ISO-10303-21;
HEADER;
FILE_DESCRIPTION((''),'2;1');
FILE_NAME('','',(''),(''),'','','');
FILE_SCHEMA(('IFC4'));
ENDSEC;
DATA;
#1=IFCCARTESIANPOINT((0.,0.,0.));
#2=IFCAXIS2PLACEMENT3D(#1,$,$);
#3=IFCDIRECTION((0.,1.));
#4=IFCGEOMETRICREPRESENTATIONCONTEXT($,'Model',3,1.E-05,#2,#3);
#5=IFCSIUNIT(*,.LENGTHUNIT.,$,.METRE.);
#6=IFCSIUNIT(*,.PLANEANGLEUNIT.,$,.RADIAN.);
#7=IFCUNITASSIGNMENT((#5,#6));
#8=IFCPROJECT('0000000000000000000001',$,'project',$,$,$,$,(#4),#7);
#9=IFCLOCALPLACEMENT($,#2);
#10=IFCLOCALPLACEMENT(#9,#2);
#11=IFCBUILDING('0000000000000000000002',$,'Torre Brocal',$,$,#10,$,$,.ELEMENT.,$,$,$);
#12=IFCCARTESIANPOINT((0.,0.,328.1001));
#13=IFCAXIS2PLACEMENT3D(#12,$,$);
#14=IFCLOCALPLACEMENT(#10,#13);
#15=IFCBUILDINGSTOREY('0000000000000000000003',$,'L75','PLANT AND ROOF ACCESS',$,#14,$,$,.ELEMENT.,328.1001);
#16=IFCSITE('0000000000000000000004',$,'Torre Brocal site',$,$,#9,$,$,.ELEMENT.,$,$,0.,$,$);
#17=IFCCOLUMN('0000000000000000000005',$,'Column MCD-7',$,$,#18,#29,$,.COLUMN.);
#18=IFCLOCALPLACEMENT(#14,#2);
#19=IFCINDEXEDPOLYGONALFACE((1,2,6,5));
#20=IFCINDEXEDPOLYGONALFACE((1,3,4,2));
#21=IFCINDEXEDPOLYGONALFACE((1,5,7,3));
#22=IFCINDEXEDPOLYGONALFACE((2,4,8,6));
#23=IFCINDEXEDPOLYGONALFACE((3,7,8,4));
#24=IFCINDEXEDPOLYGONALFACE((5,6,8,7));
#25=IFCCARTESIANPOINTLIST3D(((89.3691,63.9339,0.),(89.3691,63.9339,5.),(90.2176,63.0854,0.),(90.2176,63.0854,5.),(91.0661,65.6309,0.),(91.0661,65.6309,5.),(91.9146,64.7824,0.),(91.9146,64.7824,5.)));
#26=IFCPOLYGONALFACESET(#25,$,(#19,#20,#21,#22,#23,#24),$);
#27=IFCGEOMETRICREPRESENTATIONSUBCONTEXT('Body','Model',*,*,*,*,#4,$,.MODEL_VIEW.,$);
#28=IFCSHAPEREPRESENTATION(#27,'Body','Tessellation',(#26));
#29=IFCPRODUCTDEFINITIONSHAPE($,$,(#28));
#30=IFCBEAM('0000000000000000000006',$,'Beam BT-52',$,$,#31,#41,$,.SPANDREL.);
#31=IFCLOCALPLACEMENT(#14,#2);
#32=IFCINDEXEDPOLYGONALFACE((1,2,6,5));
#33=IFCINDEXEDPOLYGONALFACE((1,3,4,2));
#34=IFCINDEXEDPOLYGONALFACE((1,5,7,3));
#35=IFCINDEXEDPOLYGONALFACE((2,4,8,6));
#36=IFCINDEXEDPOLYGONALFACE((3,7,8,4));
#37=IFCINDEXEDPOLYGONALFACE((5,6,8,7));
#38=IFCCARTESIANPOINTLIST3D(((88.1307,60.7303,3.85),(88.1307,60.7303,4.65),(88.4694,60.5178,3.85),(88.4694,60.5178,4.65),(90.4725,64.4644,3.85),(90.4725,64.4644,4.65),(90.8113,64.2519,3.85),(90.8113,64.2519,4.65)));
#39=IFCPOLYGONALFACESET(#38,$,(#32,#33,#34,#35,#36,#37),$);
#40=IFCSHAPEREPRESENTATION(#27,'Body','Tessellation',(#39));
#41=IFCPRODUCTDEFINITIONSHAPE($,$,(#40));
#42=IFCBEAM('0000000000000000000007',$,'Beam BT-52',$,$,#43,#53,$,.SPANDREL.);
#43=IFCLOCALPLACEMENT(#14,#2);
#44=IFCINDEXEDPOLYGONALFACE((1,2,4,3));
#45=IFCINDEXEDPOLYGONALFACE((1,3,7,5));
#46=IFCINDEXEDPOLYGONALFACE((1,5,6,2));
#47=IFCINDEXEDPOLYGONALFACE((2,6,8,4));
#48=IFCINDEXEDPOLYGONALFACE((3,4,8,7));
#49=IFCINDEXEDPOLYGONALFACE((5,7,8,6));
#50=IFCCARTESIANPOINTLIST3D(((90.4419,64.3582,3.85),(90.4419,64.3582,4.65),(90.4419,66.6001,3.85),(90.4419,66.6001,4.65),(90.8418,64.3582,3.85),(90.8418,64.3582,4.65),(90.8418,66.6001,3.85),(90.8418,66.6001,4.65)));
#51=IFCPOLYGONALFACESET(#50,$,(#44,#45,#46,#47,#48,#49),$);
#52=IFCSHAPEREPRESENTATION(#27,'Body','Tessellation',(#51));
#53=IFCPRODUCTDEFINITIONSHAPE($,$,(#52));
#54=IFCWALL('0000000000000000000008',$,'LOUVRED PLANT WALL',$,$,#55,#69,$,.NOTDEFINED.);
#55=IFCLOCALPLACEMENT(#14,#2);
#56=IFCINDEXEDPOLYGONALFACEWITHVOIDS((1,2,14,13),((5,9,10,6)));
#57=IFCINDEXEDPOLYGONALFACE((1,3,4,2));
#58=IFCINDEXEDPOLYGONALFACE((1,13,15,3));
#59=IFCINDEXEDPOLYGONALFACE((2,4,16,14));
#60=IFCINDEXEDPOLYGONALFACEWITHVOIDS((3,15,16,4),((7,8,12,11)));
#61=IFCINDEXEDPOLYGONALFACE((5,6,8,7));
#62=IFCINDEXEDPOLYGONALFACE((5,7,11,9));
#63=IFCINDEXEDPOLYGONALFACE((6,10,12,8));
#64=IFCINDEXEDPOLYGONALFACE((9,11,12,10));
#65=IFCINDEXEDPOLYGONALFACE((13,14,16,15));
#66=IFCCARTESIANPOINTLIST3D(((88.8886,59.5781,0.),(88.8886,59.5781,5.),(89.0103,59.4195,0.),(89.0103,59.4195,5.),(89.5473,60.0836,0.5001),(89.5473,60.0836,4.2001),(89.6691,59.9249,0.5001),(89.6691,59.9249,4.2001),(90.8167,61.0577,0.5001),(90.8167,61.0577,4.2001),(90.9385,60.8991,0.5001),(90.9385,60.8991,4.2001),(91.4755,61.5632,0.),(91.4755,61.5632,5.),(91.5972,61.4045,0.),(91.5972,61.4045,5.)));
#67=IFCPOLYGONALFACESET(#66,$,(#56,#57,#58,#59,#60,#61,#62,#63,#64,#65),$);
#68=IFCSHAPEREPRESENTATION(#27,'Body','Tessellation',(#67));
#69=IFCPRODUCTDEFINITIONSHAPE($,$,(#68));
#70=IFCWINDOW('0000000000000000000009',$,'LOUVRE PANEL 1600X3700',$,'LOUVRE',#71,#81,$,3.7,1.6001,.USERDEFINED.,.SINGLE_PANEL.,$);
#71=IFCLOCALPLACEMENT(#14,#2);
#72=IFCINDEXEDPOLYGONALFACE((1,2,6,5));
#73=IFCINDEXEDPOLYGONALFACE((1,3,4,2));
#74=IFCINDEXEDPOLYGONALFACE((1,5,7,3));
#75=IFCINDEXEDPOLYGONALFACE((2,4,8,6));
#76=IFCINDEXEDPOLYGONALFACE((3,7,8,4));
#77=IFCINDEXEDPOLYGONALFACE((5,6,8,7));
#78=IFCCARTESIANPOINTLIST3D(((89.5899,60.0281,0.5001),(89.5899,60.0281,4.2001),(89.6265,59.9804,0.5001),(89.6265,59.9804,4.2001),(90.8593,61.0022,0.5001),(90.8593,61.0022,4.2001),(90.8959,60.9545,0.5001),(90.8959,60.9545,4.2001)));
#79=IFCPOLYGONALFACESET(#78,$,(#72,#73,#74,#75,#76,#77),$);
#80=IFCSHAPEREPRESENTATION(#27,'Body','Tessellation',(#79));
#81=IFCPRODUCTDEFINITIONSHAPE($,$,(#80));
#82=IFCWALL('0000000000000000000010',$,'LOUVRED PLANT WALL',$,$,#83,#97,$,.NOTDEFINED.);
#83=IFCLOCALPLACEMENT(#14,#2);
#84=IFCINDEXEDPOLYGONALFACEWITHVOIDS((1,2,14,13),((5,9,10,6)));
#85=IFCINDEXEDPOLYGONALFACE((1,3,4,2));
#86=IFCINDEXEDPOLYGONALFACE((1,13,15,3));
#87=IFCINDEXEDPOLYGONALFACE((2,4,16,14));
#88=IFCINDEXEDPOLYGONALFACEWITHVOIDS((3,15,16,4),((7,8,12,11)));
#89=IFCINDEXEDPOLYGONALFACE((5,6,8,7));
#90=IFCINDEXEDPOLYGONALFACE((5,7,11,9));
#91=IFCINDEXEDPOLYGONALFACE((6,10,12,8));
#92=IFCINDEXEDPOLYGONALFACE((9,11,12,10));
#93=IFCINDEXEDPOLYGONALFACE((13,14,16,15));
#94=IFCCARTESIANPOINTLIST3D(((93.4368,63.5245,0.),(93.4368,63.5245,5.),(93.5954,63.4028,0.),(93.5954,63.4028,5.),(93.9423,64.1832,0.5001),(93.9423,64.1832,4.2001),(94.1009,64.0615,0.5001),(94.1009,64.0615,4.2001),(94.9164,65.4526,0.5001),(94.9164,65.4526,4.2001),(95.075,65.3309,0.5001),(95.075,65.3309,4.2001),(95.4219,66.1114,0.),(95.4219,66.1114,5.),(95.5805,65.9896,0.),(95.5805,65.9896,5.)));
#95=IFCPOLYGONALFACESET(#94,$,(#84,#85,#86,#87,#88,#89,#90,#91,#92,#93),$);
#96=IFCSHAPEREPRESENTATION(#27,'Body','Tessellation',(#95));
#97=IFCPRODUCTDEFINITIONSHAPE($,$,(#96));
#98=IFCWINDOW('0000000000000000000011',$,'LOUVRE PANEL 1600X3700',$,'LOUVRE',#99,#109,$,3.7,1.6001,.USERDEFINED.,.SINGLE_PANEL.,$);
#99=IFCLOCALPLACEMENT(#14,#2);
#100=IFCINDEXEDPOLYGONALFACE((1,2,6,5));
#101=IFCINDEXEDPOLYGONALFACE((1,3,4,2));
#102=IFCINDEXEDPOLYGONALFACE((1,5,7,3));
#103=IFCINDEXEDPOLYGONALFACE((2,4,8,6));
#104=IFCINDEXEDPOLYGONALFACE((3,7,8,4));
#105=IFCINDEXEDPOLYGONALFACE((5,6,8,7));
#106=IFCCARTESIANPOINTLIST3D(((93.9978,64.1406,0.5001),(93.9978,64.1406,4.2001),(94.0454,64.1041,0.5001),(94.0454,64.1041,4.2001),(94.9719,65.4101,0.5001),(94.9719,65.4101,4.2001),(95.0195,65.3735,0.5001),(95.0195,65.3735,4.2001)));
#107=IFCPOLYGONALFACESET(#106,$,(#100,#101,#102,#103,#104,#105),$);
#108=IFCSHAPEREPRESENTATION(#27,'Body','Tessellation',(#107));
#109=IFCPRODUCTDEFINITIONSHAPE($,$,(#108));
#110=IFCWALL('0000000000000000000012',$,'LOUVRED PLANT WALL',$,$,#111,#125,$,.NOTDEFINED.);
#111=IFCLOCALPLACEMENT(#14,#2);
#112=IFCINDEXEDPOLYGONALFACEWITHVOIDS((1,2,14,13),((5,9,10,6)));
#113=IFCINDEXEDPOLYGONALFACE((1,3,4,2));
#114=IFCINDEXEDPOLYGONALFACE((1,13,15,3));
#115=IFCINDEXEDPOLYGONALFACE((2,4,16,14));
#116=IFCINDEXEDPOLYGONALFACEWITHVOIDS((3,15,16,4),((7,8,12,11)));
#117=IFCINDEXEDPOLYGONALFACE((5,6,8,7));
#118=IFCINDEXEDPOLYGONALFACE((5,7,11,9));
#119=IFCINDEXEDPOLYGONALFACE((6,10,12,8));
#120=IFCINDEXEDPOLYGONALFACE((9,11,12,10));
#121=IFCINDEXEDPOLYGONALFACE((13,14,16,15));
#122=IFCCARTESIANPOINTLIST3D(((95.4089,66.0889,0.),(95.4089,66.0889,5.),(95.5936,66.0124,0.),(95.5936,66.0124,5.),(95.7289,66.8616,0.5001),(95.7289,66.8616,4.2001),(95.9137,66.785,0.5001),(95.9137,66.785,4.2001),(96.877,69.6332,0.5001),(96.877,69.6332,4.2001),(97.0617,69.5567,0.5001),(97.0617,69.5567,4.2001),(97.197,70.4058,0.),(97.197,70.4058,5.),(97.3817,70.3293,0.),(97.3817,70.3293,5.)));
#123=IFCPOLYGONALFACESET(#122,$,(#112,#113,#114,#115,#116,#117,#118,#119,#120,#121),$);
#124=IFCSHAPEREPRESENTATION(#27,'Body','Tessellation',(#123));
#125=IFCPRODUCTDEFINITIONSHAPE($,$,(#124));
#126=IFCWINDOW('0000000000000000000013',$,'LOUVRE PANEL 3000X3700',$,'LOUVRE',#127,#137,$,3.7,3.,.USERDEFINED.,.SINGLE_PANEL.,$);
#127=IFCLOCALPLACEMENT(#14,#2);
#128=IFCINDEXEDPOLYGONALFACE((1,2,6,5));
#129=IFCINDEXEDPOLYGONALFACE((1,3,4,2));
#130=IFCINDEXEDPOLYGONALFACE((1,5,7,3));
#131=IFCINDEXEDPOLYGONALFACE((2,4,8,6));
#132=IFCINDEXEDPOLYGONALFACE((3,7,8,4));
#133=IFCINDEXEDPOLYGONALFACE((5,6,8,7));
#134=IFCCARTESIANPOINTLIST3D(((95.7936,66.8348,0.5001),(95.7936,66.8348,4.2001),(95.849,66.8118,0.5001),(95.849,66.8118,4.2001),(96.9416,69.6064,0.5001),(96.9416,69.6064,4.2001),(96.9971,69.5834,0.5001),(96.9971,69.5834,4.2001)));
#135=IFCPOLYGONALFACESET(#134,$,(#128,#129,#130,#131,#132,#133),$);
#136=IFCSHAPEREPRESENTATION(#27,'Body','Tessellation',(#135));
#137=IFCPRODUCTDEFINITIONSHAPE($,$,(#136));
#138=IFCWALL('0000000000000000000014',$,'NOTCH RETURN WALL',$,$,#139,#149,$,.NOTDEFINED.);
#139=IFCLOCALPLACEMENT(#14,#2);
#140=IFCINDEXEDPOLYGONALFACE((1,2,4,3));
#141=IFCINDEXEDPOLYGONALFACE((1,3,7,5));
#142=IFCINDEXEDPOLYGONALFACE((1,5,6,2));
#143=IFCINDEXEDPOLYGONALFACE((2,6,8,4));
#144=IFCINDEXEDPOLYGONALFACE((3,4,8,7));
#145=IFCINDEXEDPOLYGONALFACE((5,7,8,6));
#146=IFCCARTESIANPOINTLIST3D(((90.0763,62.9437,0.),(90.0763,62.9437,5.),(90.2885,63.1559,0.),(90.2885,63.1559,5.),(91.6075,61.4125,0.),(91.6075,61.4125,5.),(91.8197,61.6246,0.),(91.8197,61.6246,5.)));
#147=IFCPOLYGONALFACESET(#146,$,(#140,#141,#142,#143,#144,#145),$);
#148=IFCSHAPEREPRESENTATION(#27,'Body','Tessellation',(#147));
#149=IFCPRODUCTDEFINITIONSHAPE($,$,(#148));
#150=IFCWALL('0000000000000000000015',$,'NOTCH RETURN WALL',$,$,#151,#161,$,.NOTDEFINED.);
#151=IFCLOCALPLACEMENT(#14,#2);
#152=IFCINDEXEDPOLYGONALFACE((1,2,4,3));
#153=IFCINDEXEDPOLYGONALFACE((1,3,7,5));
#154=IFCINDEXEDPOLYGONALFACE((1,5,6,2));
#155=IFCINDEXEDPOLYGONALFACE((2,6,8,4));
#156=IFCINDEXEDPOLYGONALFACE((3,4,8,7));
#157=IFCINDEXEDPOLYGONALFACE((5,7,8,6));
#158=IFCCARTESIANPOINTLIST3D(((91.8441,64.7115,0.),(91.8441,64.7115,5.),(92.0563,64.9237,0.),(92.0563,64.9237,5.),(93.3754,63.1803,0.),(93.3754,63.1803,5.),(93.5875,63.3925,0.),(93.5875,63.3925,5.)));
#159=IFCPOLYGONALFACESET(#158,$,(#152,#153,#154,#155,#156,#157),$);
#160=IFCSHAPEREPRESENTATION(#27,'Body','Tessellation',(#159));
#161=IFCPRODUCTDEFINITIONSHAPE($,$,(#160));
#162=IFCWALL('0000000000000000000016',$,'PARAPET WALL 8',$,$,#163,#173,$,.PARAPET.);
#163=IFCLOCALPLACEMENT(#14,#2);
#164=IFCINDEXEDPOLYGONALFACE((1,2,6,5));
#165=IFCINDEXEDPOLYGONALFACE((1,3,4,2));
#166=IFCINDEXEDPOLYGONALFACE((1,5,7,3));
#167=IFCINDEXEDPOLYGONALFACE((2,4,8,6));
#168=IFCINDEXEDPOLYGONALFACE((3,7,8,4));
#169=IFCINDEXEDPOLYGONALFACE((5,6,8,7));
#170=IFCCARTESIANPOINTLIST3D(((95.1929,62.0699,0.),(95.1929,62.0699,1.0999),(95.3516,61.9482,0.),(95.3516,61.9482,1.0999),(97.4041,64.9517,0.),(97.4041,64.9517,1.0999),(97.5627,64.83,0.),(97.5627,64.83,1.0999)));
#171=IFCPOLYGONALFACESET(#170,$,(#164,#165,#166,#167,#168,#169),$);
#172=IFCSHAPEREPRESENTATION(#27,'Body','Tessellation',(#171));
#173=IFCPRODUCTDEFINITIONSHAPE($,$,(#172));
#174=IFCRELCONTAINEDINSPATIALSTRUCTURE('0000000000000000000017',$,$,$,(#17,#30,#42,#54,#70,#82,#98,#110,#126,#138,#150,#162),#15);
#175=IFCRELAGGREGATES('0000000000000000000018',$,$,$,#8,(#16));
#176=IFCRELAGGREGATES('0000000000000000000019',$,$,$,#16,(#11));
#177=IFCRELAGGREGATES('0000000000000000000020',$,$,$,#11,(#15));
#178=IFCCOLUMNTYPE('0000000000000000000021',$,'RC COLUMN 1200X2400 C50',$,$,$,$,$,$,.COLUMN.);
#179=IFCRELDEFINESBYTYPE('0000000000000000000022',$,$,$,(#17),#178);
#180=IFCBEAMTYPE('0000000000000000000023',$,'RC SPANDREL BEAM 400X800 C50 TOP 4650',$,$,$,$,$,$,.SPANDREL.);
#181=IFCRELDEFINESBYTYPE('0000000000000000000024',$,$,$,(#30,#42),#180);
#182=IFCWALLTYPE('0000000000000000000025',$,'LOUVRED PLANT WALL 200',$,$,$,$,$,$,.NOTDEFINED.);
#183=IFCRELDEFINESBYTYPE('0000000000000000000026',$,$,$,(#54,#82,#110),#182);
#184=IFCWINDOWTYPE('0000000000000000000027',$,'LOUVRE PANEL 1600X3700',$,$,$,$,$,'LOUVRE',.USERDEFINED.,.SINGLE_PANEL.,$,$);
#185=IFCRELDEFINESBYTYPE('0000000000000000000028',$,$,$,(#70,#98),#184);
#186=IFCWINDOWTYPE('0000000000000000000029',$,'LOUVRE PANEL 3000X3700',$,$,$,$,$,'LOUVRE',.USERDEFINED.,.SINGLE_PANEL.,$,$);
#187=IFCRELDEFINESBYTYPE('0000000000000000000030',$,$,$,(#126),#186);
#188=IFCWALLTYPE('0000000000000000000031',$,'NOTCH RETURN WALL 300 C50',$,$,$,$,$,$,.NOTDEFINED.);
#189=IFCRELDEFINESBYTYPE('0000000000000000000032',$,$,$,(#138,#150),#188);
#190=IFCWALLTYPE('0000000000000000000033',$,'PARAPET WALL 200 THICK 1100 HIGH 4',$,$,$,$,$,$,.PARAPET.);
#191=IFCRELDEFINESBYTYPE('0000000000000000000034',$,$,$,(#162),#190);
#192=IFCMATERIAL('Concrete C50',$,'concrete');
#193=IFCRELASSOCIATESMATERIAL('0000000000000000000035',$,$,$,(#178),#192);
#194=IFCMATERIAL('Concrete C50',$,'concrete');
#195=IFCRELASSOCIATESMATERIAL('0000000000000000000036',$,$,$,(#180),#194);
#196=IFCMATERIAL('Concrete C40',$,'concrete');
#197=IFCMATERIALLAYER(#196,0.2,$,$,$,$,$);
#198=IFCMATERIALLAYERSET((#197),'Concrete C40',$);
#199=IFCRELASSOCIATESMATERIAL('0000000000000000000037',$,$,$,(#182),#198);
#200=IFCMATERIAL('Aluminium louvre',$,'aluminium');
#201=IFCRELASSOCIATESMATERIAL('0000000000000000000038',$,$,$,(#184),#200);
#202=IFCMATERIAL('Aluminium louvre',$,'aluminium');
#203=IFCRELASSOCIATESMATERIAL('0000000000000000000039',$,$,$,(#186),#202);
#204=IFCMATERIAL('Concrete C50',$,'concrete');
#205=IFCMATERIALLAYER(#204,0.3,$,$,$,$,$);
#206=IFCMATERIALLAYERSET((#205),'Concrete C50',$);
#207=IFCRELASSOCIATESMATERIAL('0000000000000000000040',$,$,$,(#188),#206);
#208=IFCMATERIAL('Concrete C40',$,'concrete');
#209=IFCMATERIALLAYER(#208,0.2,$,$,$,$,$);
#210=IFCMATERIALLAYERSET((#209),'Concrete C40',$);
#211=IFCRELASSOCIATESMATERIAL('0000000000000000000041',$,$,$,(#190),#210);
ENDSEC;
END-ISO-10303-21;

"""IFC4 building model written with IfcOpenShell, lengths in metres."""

from ifc_helpers import new_model, si_unit, direction, frame, frame_2d, origin, origin_2d, place, context, subcontext, project, spatial, rectangle, extrude, material, layer, layer_set, material_profile, profile_set, type_object, element, fill, save


model = new_model("IFC4")

# Units and contexts
model_context = context("Model", 3, precision=1e-05, world=origin(), true_north=direction((0.0, 1.0)))
body_context = subcontext(model_context, "Body", "Model", "MODEL_VIEW")
ifc_project = project(units=[si_unit("LENGTHUNIT", "METRE"), si_unit("PLANEANGLEUNIT", "RADIAN")], contexts=[model_context])

# Site, building, storey
site_placement = place(None, origin())
site = spatial("IfcSite", under=ifc_project, at=site_placement, Name="Torre Brocal site", CompositionType="ELEMENT", RefElevation=0.0)
building_placement = place(site_placement, origin())
building = spatial("IfcBuilding", under=site, at=building_placement, Name="Torre Brocal", CompositionType="ELEMENT")
storey_placement = place(building_placement, frame((0.0, 0.0, 328.1001)))
storey = spatial("IfcBuildingStorey", under=building, at=storey_placement, Name="L75", Description="PLANT AND ROOF ACCESS", CompositionType="ELEMENT", Elevation=328.1001)

# Column
ifc_material_1 = material(Name="Concrete C50", Category="concrete")
ifc_material_profile_1 = material_profile(ifc_material_1, rectangle(XDim=1.2, YDim=2.3999, at=origin_2d()), Name="RC 1200X2400")
ifc_profile_set_1 = profile_set([ifc_material_profile_1], Name="Concrete C50")
column_type = type_object("IfcColumnType", Name="RC COLUMN 1200X2400 C50", PredefinedType="COLUMN", material=ifc_profile_set_1)
column_placement = place(storey_placement, frame((90.6418, 64.3582, 0.0), z_axis=(0.0, 0.0, 1.0), x_axis=(0.707107, -0.707107, 0.0)))
element("IfcColumn", 1, at=column_placement, inside=storey, type_object=column_type, Name="Column MCD-7", PredefinedType="COLUMN", context=body_context, shape_type="SweptSolid", body=[
    extrude(rectangle(XDim=1.2, YDim=2.3999, at=origin_2d()), origin(), (0.0, 0.0, 1.0), 5.0),
])

# Beams
ifc_material_2 = material(Name="Concrete C50", Category="concrete")
ifc_material_profile_2 = material_profile(ifc_material_2, rectangle(XDim=0.3999, YDim=0.8, at=origin_2d()), Name="RC 400X800")
ifc_profile_set_2 = profile_set([ifc_material_profile_2], Name="Concrete C50")
beam_type = type_object("IfcBeamType", Name="RC SPANDREL BEAM 400X800 C50 TOP 4650", PredefinedType="SPANDREL", material=ifc_profile_set_2)
beam_1_placement = place(storey_placement, frame((88.3, 60.624, 4.25), z_axis=(0.531298, 0.847185, 0.0), x_axis=(-0.847185, 0.531298, 0.0)))
element("IfcBeam", 2, at=beam_1_placement, inside=storey, type_object=beam_type, Name="Beam BT-52", PredefinedType="SPANDREL", context=body_context, shape_type="SweptSolid", body=[
    extrude(rectangle(XDim=0.3999, YDim=0.8, at=origin_2d()), origin(), (0.0, 0.0, 1.0), 4.4077),
])
beam_2_placement = place(storey_placement, frame((90.6418, 64.3582, 4.25), z_axis=(0.0, 1.0, 0.0), x_axis=(-1.0, 0.0, 0.0)))
element("IfcBeam", 3, at=beam_2_placement, inside=storey, type_object=beam_type, Name="Beam BT-52", PredefinedType="SPANDREL", context=body_context, shape_type="SweptSolid", body=[
    extrude(rectangle(XDim=0.3999, YDim=0.8, at=origin_2d()), origin(), (0.0, 0.0, 1.0), 2.2419),
])

# Walls, openings, windows
ifc_material_3 = material(Name="Concrete C40", Category="concrete")
ifc_layer_1 = layer(ifc_material_3, 0.2)
ifc_layer_set_1 = layer_set([ifc_layer_1], Name="Concrete C40")
wall_type_1 = type_object("IfcWallType", Name="LOUVRED PLANT WALL 200", PredefinedType="NOTDEFINED", material=ifc_layer_set_1)
wall_1_placement = place(storey_placement, frame((88.9495, 59.4988, 0.0), z_axis=(0.0, 0.0, 1.0), x_axis=(0.793339, 0.60878, 0.0)))
wall_1 = element("IfcWall", 4, at=wall_1_placement, inside=storey, type_object=wall_type_1, Name="LOUVRED PLANT WALL", PredefinedType="NOTDEFINED", context=body_context, shape_type="SweptSolid", body=[
    extrude(rectangle(XDim=3.2607, YDim=0.2, at=frame_2d((1.6304, 0.0))), origin(), (0.0, 0.0, 1.0), 5.0),
])
opening_1_placement = place(wall_1_placement, frame((0.8303, 0.0, 0.5)))
opening_1 = element("IfcOpeningElement", 5, at=opening_1_placement, cuts=wall_1, PredefinedType="OPENING", context=body_context, shape_type="SweptSolid", body=[
    extrude(rectangle(XDim=1.6001, YDim=3.7, at=frame_2d((0.8, 1.8501))), frame((0.0, 0.1099, 0.0), z_axis=(0.0, -1.0, 0.0), x_axis=(1.0, 0.0, 0.0)), (0.0, 0.0, 1.0), 0.22),
])
ifc_material_4 = material(Name="Aluminium louvre", Category="aluminium")
window_type_1 = type_object("IfcWindowType", Name="LOUVRE PANEL 1600X3700", ElementType="LOUVRE", PartitioningType="SINGLE_PANEL", PredefinedType="USERDEFINED", material=ifc_material_4)
window_1_placement = place(opening_1_placement, origin())
window_1 = element("IfcWindow", 6, at=window_1_placement, inside=storey, type_object=window_type_1, Name="LOUVRE PANEL 1600X3700", ObjectType="LOUVRE", OverallHeight=3.7, OverallWidth=1.6001, PartitioningType="SINGLE_PANEL", PredefinedType="USERDEFINED", context=body_context, shape_type="SweptSolid", body=[
    extrude(rectangle(XDim=1.6001, YDim=3.7, at=frame_2d((0.8, 1.8501))), frame((0.0, 0.03, 0.0), z_axis=(0.0, -1.0, 0.0), x_axis=(1.0, 0.0, 0.0)), (0.0, 0.0, 1.0), 0.0601),
])
fill(opening_1, window_1)
wall_2_placement = place(storey_placement, frame((93.5161, 63.4636, 0.0), z_axis=(0.0, 0.0, 1.0), x_axis=(0.60878, 0.793339, 0.0)))
wall_2 = element("IfcWall", 7, at=wall_2_placement, inside=storey, type_object=wall_type_1, Name="LOUVRED PLANT WALL", PredefinedType="NOTDEFINED", context=body_context, shape_type="SweptSolid", body=[
    extrude(rectangle(XDim=3.2607, YDim=0.2, at=frame_2d((1.6304, 0.0))), origin(), (0.0, 0.0, 1.0), 5.0),
])
opening_2_placement = place(wall_2_placement, frame((0.8303, 0.0, 0.5)))
opening_2 = element("IfcOpeningElement", 8, at=opening_2_placement, cuts=wall_2, PredefinedType="OPENING", context=body_context, shape_type="SweptSolid", body=[
    extrude(rectangle(XDim=1.6001, YDim=3.7, at=frame_2d((0.8, 1.8501))), frame((0.0, 0.1099, 0.0), z_axis=(0.0, -1.0, 0.0), x_axis=(1.0, 0.0, 0.0)), (0.0, 0.0, 1.0), 0.22),
])
window_2_placement = place(opening_2_placement, origin())
window_2 = element("IfcWindow", 9, at=window_2_placement, inside=storey, type_object=window_type_1, Name="LOUVRE PANEL 1600X3700", ObjectType="LOUVRE", OverallHeight=3.7, OverallWidth=1.6001, PartitioningType="SINGLE_PANEL", PredefinedType="USERDEFINED", context=body_context, shape_type="SweptSolid", body=[
    extrude(rectangle(XDim=1.6001, YDim=3.7, at=frame_2d((0.8, 1.8501))), frame((0.0, 0.03, 0.0), z_axis=(0.0, -1.0, 0.0), x_axis=(1.0, 0.0, 0.0)), (0.0, 0.0, 1.0), 0.0601),
])
fill(opening_2, window_2)
wall_3_placement = place(storey_placement, frame((95.5012, 66.0505, 0.0), z_axis=(0.0, 0.0, 1.0), x_axis=(0.382678, 0.923882, 0.0)))
wall_3 = element("IfcWall", 10, at=wall_3_placement, inside=storey, type_object=wall_type_1, Name="LOUVRED PLANT WALL", PredefinedType="NOTDEFINED", context=body_context, shape_type="SweptSolid", body=[
    extrude(rectangle(XDim=4.6726, YDim=0.2, at=frame_2d((2.3364, 0.0))), origin(), (0.0, 0.0, 1.0), 5.0),
])
opening_3_placement = place(wall_3_placement, frame((0.8364, 0.0, 0.5)))
opening_3 = element("IfcOpeningElement", 11, at=opening_3_placement, cuts=wall_3, PredefinedType="OPENING", context=body_context, shape_type="SweptSolid", body=[
    extrude(rectangle(XDim=3.0, YDim=3.7, at=frame_2d((1.5, 1.8501))), frame((0.0, 0.1099, 0.0), z_axis=(0.0, -1.0, 0.0), x_axis=(1.0, 0.0, 0.0)), (0.0, 0.0, 1.0), 0.22),
])
ifc_material_5 = material(Name="Aluminium louvre", Category="aluminium")
window_type_2 = type_object("IfcWindowType", Name="LOUVRE PANEL 3000X3700", ElementType="LOUVRE", PartitioningType="SINGLE_PANEL", PredefinedType="USERDEFINED", material=ifc_material_5)
window_3_placement = place(opening_3_placement, origin())
window_3 = element("IfcWindow", 12, at=window_3_placement, inside=storey, type_object=window_type_2, Name="LOUVRE PANEL 3000X3700", ObjectType="LOUVRE", OverallHeight=3.7, OverallWidth=3.0, PartitioningType="SINGLE_PANEL", PredefinedType="USERDEFINED", context=body_context, shape_type="SweptSolid", body=[
    extrude(rectangle(XDim=3.0, YDim=3.7, at=frame_2d((1.5, 1.8501))), frame((0.0, 0.03, 0.0), z_axis=(0.0, -1.0, 0.0), x_axis=(1.0, 0.0, 0.0)), (0.0, 0.0, 1.0), 0.0601),
])
fill(opening_3, window_3)

# Walls
ifc_material_6 = material(Name="Concrete C50", Category="concrete")
ifc_layer_2 = layer(ifc_material_6, 0.3)
ifc_layer_set_2 = layer_set([ifc_layer_2], Name="Concrete C50")
wall_type_2 = type_object("IfcWallType", Name="NOTCH RETURN WALL 300 C50", PredefinedType="NOTDEFINED", material=ifc_layer_set_2)
for number, where, z_axis, x_axis, name in (
    (13, (90.1824, 63.0498, 0.0), (0.0, 0.0, 1.0), (0.707107, -0.707107, 0.0), "NOTCH RETURN WALL"),
    (14, (91.9502, 64.8176, 0.0), (0.0, 0.0, 1.0), (0.707107, -0.707107, 0.0), "NOTCH RETURN WALL"),
):
    element("IfcWall", number, at=place(storey_placement, frame(where, z_axis=z_axis, x_axis=x_axis)), inside=storey, type_object=wall_type_2, Name=name, PredefinedType="NOTDEFINED", context=body_context, shape_type="SweptSolid", body=[
        extrude(rectangle(XDim=2.1655, YDim=0.3, at=frame_2d((1.0828, 0.0))), origin(), (0.0, 0.0, 1.0), 5.0),
    ])
ifc_material_7 = material(Name="Concrete C40", Category="concrete")
ifc_layer_3 = layer(ifc_material_7, 0.2)
ifc_layer_set_3 = layer_set([ifc_layer_3], Name="Concrete C40")
wall_type_3 = type_object("IfcWallType", Name="PARAPET WALL 200 THICK 1100 HIGH 4", PredefinedType="PARAPET", material=ifc_layer_set_3)
wall_4_placement = place(storey_placement, frame((97.4834, 64.8909, 0.0), z_axis=(0.0, 0.0, 1.0), x_axis=(-0.608739, -0.79337, 0.0)))
element("IfcWall", 15, at=wall_4_placement, inside=storey, type_object=wall_type_3, Name="PARAPET WALL 8", PredefinedType="PARAPET", context=body_context, shape_type="SweptSolid", body=[
    extrude(rectangle(XDim=3.6323, YDim=0.2, at=frame_2d((1.8162, 0.0))), origin(), (0.0, 0.0, 1.0), 1.0999),
])

save(model, "model.ifc")
